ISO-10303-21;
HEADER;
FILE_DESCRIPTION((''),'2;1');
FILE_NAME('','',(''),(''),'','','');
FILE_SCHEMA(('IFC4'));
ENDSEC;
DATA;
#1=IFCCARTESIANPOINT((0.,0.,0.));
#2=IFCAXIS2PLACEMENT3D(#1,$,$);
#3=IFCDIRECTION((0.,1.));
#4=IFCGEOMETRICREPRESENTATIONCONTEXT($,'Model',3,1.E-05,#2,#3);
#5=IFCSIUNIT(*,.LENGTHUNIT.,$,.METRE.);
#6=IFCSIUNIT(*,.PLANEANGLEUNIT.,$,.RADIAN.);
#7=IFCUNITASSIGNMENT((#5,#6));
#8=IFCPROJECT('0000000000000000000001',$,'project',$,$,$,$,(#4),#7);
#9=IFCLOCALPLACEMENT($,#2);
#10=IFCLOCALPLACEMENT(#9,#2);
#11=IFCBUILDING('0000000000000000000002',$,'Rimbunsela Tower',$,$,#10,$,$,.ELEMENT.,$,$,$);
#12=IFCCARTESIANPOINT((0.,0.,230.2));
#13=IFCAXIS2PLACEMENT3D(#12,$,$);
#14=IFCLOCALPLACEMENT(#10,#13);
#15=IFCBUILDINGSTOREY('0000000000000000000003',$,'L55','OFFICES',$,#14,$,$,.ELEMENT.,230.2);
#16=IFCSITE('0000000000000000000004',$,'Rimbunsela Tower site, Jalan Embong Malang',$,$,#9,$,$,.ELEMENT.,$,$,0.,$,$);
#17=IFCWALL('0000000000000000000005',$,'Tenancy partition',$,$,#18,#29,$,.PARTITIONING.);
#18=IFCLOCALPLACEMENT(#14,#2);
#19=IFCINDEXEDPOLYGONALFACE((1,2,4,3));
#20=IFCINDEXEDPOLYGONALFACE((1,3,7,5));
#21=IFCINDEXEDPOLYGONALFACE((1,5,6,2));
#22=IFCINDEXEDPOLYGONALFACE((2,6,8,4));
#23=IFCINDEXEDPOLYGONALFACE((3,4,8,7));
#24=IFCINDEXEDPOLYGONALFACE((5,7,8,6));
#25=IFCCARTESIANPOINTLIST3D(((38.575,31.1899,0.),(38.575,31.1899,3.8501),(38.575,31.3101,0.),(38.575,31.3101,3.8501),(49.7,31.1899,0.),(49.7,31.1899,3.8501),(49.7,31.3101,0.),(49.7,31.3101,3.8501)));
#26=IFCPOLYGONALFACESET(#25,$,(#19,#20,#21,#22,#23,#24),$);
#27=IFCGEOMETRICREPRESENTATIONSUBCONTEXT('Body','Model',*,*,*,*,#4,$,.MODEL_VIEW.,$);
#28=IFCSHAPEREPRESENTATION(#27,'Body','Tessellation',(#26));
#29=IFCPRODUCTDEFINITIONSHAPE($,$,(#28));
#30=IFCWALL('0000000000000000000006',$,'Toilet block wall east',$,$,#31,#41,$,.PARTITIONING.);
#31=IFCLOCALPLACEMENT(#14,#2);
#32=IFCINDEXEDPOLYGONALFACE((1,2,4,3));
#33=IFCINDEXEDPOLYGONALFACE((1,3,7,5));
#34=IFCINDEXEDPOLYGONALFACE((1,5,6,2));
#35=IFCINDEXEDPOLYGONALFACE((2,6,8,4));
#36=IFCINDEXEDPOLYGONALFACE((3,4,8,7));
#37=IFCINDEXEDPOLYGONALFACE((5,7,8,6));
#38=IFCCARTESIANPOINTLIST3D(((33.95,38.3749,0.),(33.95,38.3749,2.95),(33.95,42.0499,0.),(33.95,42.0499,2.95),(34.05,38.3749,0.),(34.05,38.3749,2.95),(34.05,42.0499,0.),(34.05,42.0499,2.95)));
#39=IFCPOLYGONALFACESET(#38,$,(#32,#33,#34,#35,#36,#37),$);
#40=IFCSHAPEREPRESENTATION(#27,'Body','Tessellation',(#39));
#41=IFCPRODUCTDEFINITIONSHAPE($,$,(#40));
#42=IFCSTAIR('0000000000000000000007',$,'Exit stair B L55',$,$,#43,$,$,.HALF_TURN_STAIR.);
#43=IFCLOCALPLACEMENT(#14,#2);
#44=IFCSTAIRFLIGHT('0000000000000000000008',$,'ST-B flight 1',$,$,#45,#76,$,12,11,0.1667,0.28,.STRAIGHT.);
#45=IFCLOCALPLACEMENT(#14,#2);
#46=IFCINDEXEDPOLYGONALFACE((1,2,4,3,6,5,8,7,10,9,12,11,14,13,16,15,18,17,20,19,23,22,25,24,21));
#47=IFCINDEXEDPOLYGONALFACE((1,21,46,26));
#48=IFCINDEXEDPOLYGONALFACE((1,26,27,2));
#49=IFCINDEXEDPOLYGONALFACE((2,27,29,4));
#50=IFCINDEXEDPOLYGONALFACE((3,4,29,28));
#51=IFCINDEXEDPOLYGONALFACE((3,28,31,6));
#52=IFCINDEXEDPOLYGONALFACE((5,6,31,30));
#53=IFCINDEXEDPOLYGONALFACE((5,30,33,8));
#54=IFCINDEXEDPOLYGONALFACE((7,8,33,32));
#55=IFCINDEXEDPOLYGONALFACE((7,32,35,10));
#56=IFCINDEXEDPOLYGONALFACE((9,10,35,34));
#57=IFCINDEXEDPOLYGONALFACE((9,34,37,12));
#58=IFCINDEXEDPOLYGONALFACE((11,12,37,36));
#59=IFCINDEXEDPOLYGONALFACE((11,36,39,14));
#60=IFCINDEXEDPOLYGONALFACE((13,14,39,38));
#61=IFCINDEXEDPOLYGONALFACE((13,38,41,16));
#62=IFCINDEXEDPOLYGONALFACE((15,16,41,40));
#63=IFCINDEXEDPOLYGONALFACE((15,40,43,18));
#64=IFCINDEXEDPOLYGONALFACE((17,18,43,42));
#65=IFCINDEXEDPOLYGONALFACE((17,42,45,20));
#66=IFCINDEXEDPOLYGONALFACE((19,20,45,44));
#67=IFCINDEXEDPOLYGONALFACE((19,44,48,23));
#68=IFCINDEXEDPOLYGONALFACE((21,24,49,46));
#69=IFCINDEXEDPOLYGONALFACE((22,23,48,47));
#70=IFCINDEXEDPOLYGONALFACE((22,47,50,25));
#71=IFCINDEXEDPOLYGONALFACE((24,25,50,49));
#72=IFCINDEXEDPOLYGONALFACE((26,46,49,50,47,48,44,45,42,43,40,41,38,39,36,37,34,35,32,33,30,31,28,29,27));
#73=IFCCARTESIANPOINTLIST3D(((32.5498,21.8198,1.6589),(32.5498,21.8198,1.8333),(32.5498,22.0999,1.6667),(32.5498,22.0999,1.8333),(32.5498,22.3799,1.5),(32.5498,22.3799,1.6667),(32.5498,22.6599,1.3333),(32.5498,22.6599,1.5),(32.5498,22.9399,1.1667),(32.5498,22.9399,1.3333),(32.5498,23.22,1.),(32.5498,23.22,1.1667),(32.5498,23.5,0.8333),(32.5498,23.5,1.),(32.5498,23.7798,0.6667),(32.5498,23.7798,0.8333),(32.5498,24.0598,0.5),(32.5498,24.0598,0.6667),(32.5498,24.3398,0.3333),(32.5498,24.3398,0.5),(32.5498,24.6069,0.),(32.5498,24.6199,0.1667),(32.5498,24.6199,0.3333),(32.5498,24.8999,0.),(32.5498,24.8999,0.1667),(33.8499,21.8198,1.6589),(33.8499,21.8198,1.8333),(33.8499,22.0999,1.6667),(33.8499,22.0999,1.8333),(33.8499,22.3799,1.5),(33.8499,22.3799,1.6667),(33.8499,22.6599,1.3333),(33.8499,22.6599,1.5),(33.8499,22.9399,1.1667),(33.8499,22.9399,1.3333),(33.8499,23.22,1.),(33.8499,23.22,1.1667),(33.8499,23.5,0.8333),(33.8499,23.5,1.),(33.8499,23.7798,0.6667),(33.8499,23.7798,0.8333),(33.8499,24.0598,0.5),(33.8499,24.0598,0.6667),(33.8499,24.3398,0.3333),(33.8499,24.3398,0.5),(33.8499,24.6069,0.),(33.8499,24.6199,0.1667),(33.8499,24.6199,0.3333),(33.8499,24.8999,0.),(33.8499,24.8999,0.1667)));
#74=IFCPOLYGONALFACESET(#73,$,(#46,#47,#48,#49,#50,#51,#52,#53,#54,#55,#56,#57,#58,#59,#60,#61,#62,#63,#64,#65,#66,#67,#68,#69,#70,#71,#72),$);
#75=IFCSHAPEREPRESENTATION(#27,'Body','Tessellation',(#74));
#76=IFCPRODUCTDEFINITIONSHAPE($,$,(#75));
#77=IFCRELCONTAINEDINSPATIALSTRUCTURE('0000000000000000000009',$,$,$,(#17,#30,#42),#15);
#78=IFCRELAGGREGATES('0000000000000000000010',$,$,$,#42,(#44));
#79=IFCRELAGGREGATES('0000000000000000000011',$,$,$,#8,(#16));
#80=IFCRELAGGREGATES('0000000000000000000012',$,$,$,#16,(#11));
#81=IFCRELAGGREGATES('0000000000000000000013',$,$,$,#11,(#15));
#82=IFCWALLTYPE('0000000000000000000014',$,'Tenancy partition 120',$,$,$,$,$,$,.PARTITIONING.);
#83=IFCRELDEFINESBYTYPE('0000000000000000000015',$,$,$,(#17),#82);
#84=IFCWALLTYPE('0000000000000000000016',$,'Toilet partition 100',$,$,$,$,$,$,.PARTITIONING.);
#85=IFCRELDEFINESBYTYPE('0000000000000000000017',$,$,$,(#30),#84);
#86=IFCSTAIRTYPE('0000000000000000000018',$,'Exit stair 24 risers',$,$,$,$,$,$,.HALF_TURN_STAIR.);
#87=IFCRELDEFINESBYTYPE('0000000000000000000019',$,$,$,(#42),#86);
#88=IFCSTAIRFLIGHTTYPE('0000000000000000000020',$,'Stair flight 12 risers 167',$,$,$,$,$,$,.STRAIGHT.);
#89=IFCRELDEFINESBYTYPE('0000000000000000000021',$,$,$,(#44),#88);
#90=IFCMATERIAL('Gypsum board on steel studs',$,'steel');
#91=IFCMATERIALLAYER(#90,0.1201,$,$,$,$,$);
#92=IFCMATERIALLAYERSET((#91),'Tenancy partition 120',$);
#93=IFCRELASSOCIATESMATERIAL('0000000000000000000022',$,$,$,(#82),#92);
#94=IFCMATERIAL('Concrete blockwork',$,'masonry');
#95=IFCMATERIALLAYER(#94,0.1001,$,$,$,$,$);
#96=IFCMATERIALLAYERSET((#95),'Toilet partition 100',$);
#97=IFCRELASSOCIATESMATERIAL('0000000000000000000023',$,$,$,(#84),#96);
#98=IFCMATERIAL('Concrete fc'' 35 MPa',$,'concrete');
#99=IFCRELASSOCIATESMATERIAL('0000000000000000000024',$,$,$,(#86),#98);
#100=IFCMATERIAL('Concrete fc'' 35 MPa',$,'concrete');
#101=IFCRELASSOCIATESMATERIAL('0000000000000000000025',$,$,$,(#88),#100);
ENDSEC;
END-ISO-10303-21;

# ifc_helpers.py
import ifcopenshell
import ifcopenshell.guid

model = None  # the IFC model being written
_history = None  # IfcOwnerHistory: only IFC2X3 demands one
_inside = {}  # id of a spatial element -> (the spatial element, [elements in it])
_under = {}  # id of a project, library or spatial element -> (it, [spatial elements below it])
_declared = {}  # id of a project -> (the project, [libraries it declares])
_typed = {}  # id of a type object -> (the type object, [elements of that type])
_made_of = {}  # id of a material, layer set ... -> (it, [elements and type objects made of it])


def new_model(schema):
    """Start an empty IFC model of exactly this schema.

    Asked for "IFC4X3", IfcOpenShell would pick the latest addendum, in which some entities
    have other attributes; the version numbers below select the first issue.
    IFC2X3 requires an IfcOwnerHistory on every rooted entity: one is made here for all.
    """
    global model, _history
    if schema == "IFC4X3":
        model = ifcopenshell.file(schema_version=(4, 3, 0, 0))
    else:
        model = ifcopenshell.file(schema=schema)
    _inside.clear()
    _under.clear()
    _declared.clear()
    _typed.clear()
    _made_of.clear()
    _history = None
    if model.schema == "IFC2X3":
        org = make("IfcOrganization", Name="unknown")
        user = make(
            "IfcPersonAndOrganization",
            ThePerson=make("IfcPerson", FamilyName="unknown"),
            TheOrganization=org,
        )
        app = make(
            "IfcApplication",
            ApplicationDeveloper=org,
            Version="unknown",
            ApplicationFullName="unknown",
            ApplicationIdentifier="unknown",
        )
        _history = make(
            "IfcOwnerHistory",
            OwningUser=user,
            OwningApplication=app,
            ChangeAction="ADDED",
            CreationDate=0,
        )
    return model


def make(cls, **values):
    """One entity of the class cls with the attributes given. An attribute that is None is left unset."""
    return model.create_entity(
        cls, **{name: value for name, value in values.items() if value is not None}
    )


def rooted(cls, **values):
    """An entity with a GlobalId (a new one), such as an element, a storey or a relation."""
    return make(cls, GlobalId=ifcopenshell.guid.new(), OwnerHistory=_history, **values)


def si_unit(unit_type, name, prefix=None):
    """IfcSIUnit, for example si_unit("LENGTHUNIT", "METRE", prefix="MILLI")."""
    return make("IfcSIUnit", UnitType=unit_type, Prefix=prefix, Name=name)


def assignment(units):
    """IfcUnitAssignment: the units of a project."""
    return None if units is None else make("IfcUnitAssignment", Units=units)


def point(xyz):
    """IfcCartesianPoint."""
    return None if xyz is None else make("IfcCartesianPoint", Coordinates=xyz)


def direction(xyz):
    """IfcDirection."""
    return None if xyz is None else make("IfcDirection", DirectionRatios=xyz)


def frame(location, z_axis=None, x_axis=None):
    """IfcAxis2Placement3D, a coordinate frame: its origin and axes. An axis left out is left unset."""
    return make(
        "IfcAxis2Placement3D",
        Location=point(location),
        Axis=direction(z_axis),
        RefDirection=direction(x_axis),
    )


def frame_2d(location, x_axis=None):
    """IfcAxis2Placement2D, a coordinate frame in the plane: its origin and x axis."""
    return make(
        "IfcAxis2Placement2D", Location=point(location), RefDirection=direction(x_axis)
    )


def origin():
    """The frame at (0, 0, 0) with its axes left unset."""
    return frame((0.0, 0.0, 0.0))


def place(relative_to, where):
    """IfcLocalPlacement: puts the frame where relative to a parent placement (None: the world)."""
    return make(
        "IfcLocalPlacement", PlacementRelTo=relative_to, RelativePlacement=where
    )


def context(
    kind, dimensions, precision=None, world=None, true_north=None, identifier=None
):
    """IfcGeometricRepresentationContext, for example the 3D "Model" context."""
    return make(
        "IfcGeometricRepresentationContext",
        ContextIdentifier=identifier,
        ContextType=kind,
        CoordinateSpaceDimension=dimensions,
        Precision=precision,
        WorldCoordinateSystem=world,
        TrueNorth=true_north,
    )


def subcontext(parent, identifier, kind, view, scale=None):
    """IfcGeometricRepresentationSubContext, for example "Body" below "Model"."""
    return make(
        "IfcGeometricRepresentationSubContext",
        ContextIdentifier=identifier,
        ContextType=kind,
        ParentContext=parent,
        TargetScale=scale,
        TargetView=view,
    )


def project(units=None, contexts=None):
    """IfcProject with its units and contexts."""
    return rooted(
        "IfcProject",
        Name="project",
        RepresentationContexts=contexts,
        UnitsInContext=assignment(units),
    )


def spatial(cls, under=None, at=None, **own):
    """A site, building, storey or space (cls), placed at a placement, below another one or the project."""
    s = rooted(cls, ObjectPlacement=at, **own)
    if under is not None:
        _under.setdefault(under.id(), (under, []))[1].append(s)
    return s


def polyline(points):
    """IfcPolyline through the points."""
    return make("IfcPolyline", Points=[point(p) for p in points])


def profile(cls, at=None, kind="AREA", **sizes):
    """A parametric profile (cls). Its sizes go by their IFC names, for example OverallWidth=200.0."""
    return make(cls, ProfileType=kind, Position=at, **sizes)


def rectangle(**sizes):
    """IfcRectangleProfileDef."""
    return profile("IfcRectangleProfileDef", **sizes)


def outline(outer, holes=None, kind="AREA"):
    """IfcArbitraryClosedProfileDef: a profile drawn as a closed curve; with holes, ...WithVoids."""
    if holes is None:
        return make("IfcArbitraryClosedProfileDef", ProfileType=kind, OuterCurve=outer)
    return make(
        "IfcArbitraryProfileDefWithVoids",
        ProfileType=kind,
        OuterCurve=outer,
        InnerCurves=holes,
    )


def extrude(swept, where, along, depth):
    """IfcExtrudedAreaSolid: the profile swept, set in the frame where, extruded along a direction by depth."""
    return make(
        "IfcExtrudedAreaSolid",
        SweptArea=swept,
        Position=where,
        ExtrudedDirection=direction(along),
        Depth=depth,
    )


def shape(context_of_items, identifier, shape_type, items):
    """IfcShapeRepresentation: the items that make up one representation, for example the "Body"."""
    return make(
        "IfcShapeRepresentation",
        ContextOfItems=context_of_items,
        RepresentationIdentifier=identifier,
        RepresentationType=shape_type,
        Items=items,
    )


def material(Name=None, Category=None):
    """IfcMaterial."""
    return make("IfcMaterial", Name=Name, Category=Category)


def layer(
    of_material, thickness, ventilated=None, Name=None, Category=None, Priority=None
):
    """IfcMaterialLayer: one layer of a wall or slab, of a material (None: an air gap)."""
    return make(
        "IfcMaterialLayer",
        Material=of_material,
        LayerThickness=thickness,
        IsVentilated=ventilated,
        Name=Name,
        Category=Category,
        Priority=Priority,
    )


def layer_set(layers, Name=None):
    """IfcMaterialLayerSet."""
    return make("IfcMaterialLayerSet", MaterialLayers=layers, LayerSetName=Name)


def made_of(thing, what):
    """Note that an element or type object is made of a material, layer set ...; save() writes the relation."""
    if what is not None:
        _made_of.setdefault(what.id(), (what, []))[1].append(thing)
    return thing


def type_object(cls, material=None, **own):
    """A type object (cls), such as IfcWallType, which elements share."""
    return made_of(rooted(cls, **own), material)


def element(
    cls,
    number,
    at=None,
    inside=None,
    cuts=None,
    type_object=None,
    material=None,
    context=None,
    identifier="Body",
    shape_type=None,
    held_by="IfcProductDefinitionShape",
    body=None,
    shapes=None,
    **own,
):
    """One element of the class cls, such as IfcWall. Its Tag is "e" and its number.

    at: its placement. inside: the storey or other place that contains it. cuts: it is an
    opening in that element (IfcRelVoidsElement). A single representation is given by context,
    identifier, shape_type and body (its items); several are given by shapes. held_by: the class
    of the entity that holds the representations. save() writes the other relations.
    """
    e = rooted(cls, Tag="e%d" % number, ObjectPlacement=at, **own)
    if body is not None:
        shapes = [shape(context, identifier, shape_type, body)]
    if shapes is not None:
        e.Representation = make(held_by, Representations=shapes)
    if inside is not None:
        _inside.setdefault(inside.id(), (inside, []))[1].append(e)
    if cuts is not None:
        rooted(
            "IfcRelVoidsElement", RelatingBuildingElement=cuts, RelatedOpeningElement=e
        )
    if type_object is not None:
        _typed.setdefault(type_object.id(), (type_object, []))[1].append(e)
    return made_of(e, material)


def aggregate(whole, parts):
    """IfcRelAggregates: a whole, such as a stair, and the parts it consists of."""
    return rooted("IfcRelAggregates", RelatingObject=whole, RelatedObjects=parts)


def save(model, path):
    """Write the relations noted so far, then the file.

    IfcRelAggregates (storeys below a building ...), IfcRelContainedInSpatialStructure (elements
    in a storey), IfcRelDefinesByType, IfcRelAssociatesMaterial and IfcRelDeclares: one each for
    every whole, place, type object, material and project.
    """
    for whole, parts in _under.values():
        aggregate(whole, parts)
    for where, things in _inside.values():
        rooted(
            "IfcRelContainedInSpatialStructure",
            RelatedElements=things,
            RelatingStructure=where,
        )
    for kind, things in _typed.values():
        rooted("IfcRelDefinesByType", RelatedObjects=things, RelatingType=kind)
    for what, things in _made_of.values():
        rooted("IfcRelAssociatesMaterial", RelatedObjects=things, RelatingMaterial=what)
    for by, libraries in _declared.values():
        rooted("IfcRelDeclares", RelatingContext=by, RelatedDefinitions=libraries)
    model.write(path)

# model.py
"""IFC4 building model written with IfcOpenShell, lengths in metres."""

from ifc_helpers import new_model, si_unit, direction, frame, frame_2d, origin, place, context, subcontext, project, spatial, polyline, rectangle, outline, extrude, material, layer, layer_set, type_object, element, aggregate, save


model = new_model("IFC4")

# Units and contexts
model_context = context("Model", 3, precision=1e-05, world=origin(), true_north=direction((0.0, 1.0)))
body_context = subcontext(model_context, "Body", "Model", "MODEL_VIEW")
ifc_project = project(units=[si_unit("LENGTHUNIT", "METRE"), si_unit("PLANEANGLEUNIT", "RADIAN")], contexts=[model_context])

# Site, building, storey
site_placement = place(None, origin())
site = spatial("IfcSite", under=ifc_project, at=site_placement, Name="Rimbunsela Tower site, Jalan Embong Malang", CompositionType="ELEMENT", RefElevation=0.0)
building_placement = place(site_placement, origin())
building = spatial("IfcBuilding", under=site, at=building_placement, Name="Rimbunsela Tower", CompositionType="ELEMENT")
storey_placement = place(building_placement, frame((0.0, 0.0, 230.2)))
storey = spatial("IfcBuildingStorey", under=building, at=storey_placement, Name="L55", Description="OFFICES", CompositionType="ELEMENT", Elevation=230.2)

# Walls
ifc_material_1 = material(Name="Gypsum board on steel studs", Category="steel")
ifc_layer_1 = layer(ifc_material_1, 0.1201)
ifc_layer_set_1 = layer_set([ifc_layer_1], Name="Tenancy partition 120")
wall_type_1 = type_object("IfcWallType", Name="Tenancy partition 120", PredefinedType="PARTITIONING", material=ifc_layer_set_1)
wall_1_placement = place(storey_placement, frame((38.575, 31.25, 0.0), z_axis=(0.0, 0.0, 1.0), x_axis=(1.0, 0.0, 0.0)))
element("IfcWall", 1, at=wall_1_placement, inside=storey, type_object=wall_type_1, Name="Tenancy partition", PredefinedType="PARTITIONING", context=body_context, shape_type="SweptSolid", body=[
    extrude(rectangle(XDim=11.125, YDim=0.1201, at=frame_2d((5.5625, 0.0))), origin(), (0.0, 0.0, 1.0), 3.8501),
])
ifc_material_2 = material(Name="Concrete blockwork", Category="masonry")
ifc_layer_2 = layer(ifc_material_2, 0.1001)
ifc_layer_set_2 = layer_set([ifc_layer_2], Name="Toilet partition 100")
wall_type_2 = type_object("IfcWallType", Name="Toilet partition 100", PredefinedType="PARTITIONING", material=ifc_layer_set_2)
wall_2_placement = place(storey_placement, frame((34.0, 38.375, 0.0), z_axis=(0.0, 0.0, 1.0), x_axis=(0.0, 1.0, 0.0)))
element("IfcWall", 2, at=wall_2_placement, inside=storey, type_object=wall_type_2, Name="Toilet block wall east", PredefinedType="PARTITIONING", context=body_context, shape_type="SweptSolid", body=[
    extrude(rectangle(XDim=3.675, YDim=0.1001, at=frame_2d((1.8374, 0.0))), origin(), (0.0, 0.0, 1.0), 2.95),
])

# Stair, stair flight
ifc_material_3 = material(Name="Concrete fc' 35 MPa", Category="concrete")
stair_type = type_object("IfcStairType", Name="Exit stair 24 risers", PredefinedType="HALF_TURN_STAIR", material=ifc_material_3)
stair_placement = place(storey_placement, origin())
stair = element("IfcStair", 3, at=stair_placement, inside=storey, type_object=stair_type, Name="Exit stair B L55", PredefinedType="HALF_TURN_STAIR")
ifc_material_4 = material(Name="Concrete fc' 35 MPa", Category="concrete")
stair_flight_type = type_object("IfcStairFlightType", Name="Stair flight 12 risers 167", PredefinedType="STRAIGHT", material=ifc_material_4)
stair_flight_placement = place(storey_placement, frame((33.2, 24.8999, 0.0), z_axis=(0.0, 0.0, 1.0), x_axis=(0.0, -1.0, 0.0)))
stair_flight = element("IfcStairFlight", 4, at=stair_flight_placement, type_object=stair_flight_type, Name="ST-B flight 1", NumberOfRisers=12, NumberOfTreads=11, PredefinedType="STRAIGHT", RiserHeight=0.1667, TreadLength=0.28, context=body_context, shape_type="SweptSolid", body=[
    extrude(outline(polyline([(0.0, 0.0), (0.0, 0.1667), (0.28, 0.1667), (0.28, 0.3333), (0.5601, 0.3333), (0.5601, 0.5), (0.8401, 0.5), (0.8401, 0.6667), (1.1201, 0.6667), (1.1201, 0.8333), (1.3999, 0.8333), (1.3999, 1.0), (1.6799, 1.0), (1.6799, 1.1667), (1.96, 1.1667), (1.96, 1.3333), (2.24, 1.3333), (2.24, 1.5), (2.52, 1.5), (2.52, 1.6667), (2.8, 1.6667), (2.8, 1.8333), (3.0801, 1.8333), (3.0801, 2.0), (3.0801, 1.6589), (0.293, 0.0), (0.0, 0.0)])), frame((0.0, 0.6499, 0.0), z_axis=(0.0, -1.0, 0.0), x_axis=(1.0, 0.0, 0.0)), (0.0, 0.0, 1.0), 1.3),
])
aggregate(stair, [stair_flight])

save(model, "model.ifc")
